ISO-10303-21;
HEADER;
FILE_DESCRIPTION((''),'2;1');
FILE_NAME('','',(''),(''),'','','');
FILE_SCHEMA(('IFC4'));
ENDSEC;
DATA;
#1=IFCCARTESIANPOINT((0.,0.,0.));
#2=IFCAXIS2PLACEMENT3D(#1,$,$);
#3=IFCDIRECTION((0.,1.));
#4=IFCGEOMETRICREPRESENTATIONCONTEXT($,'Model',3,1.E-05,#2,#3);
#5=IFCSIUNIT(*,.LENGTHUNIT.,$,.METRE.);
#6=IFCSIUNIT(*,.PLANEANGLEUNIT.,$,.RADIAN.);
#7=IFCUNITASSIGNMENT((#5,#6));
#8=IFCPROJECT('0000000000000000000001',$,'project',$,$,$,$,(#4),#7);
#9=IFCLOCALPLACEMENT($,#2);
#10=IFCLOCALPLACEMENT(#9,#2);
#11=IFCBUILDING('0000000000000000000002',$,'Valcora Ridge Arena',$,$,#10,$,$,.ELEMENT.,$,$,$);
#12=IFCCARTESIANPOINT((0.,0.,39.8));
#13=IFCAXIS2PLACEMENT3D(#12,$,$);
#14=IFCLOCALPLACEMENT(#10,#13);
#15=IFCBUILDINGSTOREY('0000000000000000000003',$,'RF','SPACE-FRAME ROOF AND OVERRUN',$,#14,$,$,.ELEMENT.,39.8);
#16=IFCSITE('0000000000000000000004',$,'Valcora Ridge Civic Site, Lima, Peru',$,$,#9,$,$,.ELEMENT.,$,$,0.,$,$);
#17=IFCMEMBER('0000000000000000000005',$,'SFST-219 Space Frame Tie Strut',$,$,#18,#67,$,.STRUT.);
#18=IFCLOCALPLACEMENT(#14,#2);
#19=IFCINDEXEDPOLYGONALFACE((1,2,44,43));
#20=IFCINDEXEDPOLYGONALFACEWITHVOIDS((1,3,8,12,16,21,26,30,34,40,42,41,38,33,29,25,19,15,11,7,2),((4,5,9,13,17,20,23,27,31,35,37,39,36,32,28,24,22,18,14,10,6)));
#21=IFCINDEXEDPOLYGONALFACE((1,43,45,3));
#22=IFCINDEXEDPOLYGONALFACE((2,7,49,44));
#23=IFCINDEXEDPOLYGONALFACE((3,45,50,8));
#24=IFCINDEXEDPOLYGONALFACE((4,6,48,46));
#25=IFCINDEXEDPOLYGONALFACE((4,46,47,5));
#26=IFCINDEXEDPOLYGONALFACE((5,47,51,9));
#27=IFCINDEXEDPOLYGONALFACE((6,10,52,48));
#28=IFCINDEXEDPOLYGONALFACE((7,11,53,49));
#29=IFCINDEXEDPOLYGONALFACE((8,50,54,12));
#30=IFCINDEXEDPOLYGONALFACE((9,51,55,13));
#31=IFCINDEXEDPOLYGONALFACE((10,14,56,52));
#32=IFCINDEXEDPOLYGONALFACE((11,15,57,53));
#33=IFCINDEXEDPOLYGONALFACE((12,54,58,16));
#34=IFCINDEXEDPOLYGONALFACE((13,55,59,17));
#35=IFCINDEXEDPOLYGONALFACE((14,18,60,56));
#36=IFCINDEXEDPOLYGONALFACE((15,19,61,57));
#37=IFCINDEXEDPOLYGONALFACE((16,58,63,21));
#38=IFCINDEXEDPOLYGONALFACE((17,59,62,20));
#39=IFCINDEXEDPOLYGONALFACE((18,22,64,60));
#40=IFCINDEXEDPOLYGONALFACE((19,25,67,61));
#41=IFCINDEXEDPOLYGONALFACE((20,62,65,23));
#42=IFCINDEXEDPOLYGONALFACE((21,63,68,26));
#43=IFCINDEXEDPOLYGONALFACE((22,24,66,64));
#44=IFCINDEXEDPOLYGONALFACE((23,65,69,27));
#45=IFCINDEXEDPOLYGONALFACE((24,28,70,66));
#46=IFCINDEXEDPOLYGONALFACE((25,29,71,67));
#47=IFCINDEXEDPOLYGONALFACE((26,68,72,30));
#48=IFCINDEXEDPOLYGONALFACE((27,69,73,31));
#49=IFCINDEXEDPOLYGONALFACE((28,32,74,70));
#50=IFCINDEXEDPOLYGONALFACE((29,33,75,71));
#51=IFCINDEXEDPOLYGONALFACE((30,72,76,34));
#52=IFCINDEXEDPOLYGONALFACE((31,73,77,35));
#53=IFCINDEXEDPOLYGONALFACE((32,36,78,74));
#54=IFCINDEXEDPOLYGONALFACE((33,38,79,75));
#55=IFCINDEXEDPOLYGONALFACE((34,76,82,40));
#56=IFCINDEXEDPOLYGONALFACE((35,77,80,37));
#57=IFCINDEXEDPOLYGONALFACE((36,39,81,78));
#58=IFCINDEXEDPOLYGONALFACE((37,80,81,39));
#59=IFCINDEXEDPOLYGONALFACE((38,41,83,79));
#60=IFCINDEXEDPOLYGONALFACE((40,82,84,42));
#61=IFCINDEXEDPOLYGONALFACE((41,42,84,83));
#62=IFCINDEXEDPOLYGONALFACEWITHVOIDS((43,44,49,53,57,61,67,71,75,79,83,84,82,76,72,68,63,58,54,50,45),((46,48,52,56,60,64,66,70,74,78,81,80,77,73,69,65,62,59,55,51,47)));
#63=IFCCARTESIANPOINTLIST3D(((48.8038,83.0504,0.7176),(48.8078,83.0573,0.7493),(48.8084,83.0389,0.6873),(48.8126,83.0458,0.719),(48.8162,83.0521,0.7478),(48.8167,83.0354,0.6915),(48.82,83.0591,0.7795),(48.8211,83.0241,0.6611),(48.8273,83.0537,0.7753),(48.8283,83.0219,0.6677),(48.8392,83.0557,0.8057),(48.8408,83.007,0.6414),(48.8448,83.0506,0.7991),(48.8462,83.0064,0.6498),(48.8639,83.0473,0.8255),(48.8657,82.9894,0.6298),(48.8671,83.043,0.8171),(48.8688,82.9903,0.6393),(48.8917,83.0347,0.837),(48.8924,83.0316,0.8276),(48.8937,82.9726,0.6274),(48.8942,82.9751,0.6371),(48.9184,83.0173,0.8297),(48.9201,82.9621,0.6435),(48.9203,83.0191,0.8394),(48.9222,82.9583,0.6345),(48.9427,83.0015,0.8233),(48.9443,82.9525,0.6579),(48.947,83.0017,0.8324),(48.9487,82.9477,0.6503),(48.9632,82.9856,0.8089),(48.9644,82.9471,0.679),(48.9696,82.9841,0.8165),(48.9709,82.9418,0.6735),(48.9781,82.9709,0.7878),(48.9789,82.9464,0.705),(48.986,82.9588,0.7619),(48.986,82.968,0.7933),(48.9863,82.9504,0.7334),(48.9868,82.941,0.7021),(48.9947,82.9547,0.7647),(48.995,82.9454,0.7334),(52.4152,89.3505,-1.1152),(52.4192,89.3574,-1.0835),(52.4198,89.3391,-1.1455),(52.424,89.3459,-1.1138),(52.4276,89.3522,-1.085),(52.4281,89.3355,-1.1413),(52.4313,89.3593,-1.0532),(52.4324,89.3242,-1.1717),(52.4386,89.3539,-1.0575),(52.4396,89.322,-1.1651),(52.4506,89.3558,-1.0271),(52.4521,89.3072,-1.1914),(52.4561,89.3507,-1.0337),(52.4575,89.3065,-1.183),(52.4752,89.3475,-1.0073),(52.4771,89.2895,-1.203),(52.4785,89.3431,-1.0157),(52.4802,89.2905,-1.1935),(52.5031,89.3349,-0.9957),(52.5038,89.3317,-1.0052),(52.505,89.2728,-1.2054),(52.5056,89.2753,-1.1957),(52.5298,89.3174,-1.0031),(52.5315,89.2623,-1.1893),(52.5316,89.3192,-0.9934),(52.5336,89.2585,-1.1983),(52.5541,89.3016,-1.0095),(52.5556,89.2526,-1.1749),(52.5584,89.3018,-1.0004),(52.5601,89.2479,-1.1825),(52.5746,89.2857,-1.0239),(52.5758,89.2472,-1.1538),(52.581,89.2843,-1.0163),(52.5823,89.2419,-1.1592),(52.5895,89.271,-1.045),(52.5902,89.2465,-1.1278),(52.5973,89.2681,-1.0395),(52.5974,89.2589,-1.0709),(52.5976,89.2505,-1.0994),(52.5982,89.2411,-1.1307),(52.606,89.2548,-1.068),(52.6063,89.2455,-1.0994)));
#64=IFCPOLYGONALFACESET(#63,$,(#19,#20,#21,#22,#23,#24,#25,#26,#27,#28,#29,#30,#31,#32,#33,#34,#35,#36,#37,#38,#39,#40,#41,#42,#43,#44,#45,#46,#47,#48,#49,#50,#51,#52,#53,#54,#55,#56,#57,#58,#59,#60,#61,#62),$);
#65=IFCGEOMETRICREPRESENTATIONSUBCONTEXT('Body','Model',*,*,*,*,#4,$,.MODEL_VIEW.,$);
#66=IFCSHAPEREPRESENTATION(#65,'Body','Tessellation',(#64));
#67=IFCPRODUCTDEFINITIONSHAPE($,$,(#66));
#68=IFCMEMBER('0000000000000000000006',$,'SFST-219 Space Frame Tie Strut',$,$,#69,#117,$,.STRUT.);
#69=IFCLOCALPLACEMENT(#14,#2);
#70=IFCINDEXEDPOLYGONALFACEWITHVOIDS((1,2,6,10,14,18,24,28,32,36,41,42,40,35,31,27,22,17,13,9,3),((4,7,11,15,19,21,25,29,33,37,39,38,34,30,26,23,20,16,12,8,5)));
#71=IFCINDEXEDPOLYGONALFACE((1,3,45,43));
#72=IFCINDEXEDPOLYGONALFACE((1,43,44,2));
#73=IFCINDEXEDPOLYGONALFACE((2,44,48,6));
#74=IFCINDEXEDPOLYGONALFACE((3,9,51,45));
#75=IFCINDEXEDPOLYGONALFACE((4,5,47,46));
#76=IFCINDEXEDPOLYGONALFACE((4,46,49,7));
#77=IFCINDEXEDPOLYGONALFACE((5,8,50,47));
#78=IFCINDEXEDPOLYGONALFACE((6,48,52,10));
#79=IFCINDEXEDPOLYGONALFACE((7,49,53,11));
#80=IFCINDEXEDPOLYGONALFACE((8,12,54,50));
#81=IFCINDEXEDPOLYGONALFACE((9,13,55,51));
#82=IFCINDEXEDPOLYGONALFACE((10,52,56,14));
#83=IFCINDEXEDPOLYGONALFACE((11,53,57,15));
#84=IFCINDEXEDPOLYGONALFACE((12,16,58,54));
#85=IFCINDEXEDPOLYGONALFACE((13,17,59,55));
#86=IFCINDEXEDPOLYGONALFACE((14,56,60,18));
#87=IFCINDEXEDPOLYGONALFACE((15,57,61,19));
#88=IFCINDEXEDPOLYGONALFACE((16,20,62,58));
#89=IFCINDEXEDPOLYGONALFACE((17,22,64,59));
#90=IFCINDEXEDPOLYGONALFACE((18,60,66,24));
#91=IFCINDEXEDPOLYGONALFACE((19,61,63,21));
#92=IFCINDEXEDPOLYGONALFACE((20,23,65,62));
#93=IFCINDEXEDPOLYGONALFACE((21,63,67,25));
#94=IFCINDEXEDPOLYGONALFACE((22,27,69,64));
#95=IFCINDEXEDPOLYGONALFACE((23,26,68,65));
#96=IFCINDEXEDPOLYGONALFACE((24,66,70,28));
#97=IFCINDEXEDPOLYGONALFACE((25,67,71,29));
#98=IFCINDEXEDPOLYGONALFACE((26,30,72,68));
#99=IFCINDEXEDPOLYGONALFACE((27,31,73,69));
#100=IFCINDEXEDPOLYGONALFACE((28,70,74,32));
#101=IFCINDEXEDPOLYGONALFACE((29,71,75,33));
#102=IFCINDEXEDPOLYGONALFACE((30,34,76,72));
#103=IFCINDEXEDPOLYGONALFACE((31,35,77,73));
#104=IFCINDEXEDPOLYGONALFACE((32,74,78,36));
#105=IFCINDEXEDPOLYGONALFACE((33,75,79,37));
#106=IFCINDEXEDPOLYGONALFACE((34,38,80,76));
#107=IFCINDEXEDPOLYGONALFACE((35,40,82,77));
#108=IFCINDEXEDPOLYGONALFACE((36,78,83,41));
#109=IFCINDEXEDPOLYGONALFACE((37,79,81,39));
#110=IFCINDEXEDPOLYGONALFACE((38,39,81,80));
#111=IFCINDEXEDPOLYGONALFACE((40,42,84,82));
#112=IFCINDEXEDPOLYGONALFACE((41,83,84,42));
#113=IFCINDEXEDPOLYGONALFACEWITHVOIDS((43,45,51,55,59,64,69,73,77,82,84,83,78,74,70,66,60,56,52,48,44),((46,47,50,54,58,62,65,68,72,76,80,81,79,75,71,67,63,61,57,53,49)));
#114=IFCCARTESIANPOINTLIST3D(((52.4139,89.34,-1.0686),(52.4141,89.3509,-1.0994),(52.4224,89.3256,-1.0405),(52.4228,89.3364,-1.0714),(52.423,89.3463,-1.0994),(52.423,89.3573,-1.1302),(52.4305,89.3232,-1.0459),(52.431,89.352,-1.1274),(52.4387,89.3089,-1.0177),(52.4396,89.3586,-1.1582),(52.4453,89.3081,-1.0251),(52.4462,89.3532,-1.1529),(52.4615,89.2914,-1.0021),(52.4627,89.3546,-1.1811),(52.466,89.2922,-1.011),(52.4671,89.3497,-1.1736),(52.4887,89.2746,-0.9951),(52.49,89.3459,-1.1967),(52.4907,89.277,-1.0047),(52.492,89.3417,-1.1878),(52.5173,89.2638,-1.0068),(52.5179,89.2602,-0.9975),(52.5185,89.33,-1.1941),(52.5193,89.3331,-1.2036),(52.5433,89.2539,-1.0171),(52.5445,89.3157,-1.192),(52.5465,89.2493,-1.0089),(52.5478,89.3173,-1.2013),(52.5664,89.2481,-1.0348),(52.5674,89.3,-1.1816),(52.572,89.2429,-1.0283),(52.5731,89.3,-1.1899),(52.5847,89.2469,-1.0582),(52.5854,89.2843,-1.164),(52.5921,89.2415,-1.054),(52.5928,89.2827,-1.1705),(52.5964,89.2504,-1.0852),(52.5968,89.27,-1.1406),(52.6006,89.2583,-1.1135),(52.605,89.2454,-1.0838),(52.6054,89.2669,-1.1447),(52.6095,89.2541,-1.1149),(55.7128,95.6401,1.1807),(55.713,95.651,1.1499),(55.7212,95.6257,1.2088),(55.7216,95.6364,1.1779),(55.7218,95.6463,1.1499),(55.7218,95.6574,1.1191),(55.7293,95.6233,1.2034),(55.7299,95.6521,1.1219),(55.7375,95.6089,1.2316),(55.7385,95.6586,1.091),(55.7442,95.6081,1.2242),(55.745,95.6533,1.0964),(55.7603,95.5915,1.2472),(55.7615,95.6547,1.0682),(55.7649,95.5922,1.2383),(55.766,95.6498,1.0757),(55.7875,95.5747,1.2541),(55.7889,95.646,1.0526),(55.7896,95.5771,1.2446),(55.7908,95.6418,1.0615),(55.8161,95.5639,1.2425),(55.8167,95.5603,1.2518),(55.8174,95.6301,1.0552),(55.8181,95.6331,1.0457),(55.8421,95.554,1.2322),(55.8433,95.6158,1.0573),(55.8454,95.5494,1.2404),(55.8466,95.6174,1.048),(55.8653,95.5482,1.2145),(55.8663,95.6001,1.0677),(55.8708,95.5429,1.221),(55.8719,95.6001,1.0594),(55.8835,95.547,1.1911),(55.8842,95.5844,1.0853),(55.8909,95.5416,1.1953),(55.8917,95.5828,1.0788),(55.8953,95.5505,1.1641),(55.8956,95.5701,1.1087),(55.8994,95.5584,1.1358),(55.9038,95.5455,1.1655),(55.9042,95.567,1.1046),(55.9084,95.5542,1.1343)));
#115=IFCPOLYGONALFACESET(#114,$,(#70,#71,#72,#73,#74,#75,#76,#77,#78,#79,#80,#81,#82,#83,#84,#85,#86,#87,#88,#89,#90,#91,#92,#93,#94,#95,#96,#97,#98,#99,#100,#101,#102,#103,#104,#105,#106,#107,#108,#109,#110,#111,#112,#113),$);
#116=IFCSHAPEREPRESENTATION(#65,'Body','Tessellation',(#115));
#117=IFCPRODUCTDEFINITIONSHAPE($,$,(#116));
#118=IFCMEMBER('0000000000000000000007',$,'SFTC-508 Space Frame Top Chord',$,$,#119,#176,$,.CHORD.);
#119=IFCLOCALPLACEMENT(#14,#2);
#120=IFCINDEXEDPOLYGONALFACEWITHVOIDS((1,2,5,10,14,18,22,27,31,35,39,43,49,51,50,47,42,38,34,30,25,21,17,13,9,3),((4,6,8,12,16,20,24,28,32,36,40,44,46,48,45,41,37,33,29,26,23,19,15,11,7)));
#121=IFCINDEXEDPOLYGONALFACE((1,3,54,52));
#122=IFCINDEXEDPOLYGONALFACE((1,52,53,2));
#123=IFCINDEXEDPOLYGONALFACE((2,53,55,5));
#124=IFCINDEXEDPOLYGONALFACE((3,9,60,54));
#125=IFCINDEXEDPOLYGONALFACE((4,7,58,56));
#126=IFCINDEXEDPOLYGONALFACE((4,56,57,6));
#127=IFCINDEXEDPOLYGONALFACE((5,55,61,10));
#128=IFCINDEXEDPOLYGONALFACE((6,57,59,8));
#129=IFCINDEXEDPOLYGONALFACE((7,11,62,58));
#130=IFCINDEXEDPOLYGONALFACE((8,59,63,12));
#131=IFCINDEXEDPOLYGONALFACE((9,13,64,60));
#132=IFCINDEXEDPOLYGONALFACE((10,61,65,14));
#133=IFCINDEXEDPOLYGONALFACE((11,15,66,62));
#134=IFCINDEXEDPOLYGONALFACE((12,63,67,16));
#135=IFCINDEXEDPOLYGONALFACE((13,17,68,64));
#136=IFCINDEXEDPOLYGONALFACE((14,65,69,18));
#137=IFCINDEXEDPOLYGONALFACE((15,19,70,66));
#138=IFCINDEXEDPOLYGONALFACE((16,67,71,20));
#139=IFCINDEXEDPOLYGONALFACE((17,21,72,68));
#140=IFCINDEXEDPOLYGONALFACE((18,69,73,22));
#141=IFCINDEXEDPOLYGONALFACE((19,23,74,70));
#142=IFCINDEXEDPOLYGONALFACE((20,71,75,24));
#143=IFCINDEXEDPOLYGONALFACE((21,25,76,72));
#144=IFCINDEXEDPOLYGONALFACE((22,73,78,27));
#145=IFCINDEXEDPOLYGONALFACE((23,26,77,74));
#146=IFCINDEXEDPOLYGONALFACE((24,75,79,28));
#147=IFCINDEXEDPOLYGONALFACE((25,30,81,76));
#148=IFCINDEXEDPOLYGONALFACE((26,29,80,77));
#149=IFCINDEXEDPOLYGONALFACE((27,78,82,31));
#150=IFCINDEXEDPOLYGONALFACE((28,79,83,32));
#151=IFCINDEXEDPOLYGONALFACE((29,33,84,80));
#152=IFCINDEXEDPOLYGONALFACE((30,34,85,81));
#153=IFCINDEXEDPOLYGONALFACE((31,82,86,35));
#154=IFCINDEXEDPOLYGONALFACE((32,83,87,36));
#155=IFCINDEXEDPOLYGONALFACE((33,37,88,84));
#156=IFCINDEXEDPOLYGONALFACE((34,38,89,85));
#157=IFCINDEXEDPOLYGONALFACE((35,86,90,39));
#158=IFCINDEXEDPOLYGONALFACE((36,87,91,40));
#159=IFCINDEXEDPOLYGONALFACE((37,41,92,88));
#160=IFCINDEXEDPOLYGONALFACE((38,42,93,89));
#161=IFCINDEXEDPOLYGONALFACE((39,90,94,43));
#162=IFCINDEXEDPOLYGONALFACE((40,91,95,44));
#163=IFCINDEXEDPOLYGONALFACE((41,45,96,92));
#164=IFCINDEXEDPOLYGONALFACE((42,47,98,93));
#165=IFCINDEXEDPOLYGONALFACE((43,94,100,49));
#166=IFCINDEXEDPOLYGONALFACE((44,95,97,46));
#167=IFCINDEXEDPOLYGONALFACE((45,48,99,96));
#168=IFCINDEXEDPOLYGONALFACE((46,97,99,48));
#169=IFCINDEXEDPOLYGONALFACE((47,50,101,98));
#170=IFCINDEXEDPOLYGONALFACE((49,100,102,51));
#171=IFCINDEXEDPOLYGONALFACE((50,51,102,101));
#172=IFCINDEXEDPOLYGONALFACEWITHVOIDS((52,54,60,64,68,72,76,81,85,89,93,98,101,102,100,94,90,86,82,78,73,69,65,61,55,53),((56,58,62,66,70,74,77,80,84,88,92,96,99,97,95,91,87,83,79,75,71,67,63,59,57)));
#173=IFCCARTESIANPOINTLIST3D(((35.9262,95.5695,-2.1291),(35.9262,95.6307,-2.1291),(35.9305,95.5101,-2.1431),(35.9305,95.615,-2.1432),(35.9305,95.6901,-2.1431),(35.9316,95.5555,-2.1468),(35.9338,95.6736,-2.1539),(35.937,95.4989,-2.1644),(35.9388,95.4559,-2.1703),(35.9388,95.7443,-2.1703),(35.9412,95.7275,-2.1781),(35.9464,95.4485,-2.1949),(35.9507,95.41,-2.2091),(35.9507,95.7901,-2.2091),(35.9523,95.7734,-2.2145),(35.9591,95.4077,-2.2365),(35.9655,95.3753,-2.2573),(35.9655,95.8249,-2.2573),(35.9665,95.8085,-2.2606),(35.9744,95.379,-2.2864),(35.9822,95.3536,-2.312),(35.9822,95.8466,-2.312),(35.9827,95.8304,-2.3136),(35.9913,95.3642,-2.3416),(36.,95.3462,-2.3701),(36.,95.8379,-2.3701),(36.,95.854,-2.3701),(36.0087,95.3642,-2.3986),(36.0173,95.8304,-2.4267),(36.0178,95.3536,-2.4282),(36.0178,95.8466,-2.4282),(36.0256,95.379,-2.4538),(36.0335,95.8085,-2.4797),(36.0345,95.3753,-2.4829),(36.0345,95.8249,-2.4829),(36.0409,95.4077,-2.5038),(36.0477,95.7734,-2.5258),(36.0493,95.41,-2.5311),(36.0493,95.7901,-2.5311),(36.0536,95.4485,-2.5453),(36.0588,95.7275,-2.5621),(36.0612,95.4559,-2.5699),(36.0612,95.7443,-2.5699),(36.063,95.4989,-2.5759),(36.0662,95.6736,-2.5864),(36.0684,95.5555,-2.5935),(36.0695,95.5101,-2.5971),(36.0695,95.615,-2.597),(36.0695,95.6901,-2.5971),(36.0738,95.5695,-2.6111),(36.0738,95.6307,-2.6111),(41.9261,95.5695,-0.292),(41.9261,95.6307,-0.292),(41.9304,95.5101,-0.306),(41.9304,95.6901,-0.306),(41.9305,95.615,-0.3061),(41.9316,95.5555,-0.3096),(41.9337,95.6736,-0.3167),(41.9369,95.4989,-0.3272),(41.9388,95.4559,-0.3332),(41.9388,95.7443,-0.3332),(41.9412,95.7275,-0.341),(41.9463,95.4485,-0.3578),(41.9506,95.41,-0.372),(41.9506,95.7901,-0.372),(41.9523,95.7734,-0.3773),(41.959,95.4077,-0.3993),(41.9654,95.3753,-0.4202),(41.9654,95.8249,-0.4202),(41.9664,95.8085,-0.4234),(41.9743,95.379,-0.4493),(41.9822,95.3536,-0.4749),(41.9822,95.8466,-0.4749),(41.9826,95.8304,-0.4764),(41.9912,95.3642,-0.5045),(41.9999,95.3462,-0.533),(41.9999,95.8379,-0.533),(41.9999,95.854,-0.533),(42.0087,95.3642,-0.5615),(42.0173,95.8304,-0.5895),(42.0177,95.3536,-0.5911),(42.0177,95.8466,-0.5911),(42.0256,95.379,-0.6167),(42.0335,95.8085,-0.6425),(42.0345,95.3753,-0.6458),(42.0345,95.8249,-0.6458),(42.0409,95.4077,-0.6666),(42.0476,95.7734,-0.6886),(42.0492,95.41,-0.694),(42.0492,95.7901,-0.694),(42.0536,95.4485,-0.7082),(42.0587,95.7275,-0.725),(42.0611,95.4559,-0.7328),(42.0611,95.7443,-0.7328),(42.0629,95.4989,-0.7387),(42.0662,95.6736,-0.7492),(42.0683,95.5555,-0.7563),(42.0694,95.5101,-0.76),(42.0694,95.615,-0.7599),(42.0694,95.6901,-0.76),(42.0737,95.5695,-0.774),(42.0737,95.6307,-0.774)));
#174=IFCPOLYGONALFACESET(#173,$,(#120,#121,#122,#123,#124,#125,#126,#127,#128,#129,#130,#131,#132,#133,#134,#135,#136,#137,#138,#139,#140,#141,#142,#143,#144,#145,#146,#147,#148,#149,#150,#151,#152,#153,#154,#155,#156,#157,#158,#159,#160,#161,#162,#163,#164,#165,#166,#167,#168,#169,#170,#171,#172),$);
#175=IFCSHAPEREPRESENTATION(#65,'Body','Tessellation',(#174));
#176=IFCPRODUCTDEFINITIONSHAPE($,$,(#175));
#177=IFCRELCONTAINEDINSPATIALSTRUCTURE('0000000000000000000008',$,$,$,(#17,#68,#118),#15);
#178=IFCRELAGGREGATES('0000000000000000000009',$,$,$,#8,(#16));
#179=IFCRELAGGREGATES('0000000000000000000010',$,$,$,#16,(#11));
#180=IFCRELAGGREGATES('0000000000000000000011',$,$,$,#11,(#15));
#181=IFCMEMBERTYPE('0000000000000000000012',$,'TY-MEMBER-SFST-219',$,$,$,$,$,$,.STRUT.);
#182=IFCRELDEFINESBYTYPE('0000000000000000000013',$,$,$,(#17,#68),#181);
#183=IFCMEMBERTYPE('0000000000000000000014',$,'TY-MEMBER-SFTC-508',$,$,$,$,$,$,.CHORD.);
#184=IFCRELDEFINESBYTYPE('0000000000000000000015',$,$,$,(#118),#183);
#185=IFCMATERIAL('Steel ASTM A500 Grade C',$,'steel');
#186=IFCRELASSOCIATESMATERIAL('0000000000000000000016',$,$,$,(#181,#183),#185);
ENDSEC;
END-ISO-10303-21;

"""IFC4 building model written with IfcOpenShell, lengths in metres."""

from ifc_helpers import new_model, si_unit, direction, frame, origin, origin_2d, place, context, subcontext, project, spatial, hollow_circle, extrude, material, material_profile, profile_set, type_object, element, save


model = new_model("IFC4")

# Units and contexts
model_context = context("Model", 3, precision=1e-05, world=origin(), true_north=direction((0.0, 1.0)))
body_context = subcontext(model_context, "Body", "Model", "MODEL_VIEW")
ifc_project = project(units=[si_unit("LENGTHUNIT", "METRE"), si_unit("PLANEANGLEUNIT", "RADIAN")], contexts=[model_context])

# Site, building, storey
site_placement = place(None, origin())
site = spatial("IfcSite", under=ifc_project, at=site_placement, Name="Valcora Ridge Civic Site, Lima, Peru", CompositionType="ELEMENT", RefElevation=0.0)
building_placement = place(site_placement, origin())
building = spatial("IfcBuilding", under=site, at=building_placement, Name="Valcora Ridge Arena", CompositionType="ELEMENT")
storey_placement = place(building_placement, frame((0.0, 0.0, 39.8)))
storey = spatial("IfcBuildingStorey", under=building, at=storey_placement, Name="RF", Description="SPACE-FRAME ROOF AND OVERRUN", CompositionType="ELEMENT", Elevation=39.8)

# Members
ifc_material_1 = material(Name="Steel ASTM A500 Grade C", Category="steel")
ifc_material_profile_1 = material_profile(ifc_material_1, hollow_circle(Radius=0.1096, WallThickness=0.01, at=origin_2d()), Name="CHS219X10")
ifc_profile_set_1 = profile_set([ifc_material_profile_1], Name="Steel ASTM A500 Grade C")
member_type_1 = type_object("IfcMemberType", Name="TY-MEMBER-SFST-219", PredefinedType="STRUT", material=ifc_profile_set_1)
member_1_placement = place(storey_placement, frame((52.5112, 89.3, -1.0994), z_axis=(-0.482191, -0.841194, 0.244714), x_axis=(0.867572, -0.497312, 0.0)))
element("IfcMember", 1, at=member_1_placement, inside=storey, type_object=member_type_1, Name="SFST-219 Space Frame Tie Strut", PredefinedType="STRUT", context=body_context, shape_type="SweptSolid", body=[
    extrude(hollow_circle(Radius=0.1096, WallThickness=0.01, at=origin_2d()), origin(), (0.0, 0.0, 1.0), 7.4895),
])
member_2_placement = place(storey_placement, frame((52.5112, 89.3, -1.0994), z_axis=(0.44228, 0.844659, 0.301563), x_axis=(-0.885901, 0.463875, 0.0)))
element("IfcMember", 2, at=member_2_placement, inside=storey, type_object=member_type_1, Name="SFST-219 Space Frame Tie Strut", PredefinedType="STRUT", context=body_context, shape_type="SweptSolid", body=[
    extrude(hollow_circle(Radius=0.1096, WallThickness=0.01, at=origin_2d()), origin(), (0.0, 0.0, 1.0), 7.4587),
])
ifc_material_profile_2 = material_profile(ifc_material_1, hollow_circle(Radius=0.2539, WallThickness=0.0161, at=origin_2d()), Name="CHS508X16")
ifc_profile_set_2 = profile_set([ifc_material_profile_2], Name="Steel ASTM A500 Grade C")
member_type_2 = type_object("IfcMemberType", Name="TY-MEMBER-SFTC-508", PredefinedType="CHORD", material=ifc_profile_set_2)
member_3_placement = place(storey_placement, frame((36.0, 95.6001, -2.3701), z_axis=(0.956181, 0.0, 0.292776), x_axis=(0.0, 1.0, 0.0)))
element("IfcMember", 3, at=member_3_placement, inside=storey, type_object=member_type_2, Name="SFTC-508 Space Frame Top Chord", PredefinedType="CHORD", context=body_context, shape_type="SweptSolid", body=[
    extrude(hollow_circle(Radius=0.2539, WallThickness=0.0161, at=origin_2d()), origin(), (0.0, 0.0, 1.0), 6.2749),
])

save(model, "model.ifc")
